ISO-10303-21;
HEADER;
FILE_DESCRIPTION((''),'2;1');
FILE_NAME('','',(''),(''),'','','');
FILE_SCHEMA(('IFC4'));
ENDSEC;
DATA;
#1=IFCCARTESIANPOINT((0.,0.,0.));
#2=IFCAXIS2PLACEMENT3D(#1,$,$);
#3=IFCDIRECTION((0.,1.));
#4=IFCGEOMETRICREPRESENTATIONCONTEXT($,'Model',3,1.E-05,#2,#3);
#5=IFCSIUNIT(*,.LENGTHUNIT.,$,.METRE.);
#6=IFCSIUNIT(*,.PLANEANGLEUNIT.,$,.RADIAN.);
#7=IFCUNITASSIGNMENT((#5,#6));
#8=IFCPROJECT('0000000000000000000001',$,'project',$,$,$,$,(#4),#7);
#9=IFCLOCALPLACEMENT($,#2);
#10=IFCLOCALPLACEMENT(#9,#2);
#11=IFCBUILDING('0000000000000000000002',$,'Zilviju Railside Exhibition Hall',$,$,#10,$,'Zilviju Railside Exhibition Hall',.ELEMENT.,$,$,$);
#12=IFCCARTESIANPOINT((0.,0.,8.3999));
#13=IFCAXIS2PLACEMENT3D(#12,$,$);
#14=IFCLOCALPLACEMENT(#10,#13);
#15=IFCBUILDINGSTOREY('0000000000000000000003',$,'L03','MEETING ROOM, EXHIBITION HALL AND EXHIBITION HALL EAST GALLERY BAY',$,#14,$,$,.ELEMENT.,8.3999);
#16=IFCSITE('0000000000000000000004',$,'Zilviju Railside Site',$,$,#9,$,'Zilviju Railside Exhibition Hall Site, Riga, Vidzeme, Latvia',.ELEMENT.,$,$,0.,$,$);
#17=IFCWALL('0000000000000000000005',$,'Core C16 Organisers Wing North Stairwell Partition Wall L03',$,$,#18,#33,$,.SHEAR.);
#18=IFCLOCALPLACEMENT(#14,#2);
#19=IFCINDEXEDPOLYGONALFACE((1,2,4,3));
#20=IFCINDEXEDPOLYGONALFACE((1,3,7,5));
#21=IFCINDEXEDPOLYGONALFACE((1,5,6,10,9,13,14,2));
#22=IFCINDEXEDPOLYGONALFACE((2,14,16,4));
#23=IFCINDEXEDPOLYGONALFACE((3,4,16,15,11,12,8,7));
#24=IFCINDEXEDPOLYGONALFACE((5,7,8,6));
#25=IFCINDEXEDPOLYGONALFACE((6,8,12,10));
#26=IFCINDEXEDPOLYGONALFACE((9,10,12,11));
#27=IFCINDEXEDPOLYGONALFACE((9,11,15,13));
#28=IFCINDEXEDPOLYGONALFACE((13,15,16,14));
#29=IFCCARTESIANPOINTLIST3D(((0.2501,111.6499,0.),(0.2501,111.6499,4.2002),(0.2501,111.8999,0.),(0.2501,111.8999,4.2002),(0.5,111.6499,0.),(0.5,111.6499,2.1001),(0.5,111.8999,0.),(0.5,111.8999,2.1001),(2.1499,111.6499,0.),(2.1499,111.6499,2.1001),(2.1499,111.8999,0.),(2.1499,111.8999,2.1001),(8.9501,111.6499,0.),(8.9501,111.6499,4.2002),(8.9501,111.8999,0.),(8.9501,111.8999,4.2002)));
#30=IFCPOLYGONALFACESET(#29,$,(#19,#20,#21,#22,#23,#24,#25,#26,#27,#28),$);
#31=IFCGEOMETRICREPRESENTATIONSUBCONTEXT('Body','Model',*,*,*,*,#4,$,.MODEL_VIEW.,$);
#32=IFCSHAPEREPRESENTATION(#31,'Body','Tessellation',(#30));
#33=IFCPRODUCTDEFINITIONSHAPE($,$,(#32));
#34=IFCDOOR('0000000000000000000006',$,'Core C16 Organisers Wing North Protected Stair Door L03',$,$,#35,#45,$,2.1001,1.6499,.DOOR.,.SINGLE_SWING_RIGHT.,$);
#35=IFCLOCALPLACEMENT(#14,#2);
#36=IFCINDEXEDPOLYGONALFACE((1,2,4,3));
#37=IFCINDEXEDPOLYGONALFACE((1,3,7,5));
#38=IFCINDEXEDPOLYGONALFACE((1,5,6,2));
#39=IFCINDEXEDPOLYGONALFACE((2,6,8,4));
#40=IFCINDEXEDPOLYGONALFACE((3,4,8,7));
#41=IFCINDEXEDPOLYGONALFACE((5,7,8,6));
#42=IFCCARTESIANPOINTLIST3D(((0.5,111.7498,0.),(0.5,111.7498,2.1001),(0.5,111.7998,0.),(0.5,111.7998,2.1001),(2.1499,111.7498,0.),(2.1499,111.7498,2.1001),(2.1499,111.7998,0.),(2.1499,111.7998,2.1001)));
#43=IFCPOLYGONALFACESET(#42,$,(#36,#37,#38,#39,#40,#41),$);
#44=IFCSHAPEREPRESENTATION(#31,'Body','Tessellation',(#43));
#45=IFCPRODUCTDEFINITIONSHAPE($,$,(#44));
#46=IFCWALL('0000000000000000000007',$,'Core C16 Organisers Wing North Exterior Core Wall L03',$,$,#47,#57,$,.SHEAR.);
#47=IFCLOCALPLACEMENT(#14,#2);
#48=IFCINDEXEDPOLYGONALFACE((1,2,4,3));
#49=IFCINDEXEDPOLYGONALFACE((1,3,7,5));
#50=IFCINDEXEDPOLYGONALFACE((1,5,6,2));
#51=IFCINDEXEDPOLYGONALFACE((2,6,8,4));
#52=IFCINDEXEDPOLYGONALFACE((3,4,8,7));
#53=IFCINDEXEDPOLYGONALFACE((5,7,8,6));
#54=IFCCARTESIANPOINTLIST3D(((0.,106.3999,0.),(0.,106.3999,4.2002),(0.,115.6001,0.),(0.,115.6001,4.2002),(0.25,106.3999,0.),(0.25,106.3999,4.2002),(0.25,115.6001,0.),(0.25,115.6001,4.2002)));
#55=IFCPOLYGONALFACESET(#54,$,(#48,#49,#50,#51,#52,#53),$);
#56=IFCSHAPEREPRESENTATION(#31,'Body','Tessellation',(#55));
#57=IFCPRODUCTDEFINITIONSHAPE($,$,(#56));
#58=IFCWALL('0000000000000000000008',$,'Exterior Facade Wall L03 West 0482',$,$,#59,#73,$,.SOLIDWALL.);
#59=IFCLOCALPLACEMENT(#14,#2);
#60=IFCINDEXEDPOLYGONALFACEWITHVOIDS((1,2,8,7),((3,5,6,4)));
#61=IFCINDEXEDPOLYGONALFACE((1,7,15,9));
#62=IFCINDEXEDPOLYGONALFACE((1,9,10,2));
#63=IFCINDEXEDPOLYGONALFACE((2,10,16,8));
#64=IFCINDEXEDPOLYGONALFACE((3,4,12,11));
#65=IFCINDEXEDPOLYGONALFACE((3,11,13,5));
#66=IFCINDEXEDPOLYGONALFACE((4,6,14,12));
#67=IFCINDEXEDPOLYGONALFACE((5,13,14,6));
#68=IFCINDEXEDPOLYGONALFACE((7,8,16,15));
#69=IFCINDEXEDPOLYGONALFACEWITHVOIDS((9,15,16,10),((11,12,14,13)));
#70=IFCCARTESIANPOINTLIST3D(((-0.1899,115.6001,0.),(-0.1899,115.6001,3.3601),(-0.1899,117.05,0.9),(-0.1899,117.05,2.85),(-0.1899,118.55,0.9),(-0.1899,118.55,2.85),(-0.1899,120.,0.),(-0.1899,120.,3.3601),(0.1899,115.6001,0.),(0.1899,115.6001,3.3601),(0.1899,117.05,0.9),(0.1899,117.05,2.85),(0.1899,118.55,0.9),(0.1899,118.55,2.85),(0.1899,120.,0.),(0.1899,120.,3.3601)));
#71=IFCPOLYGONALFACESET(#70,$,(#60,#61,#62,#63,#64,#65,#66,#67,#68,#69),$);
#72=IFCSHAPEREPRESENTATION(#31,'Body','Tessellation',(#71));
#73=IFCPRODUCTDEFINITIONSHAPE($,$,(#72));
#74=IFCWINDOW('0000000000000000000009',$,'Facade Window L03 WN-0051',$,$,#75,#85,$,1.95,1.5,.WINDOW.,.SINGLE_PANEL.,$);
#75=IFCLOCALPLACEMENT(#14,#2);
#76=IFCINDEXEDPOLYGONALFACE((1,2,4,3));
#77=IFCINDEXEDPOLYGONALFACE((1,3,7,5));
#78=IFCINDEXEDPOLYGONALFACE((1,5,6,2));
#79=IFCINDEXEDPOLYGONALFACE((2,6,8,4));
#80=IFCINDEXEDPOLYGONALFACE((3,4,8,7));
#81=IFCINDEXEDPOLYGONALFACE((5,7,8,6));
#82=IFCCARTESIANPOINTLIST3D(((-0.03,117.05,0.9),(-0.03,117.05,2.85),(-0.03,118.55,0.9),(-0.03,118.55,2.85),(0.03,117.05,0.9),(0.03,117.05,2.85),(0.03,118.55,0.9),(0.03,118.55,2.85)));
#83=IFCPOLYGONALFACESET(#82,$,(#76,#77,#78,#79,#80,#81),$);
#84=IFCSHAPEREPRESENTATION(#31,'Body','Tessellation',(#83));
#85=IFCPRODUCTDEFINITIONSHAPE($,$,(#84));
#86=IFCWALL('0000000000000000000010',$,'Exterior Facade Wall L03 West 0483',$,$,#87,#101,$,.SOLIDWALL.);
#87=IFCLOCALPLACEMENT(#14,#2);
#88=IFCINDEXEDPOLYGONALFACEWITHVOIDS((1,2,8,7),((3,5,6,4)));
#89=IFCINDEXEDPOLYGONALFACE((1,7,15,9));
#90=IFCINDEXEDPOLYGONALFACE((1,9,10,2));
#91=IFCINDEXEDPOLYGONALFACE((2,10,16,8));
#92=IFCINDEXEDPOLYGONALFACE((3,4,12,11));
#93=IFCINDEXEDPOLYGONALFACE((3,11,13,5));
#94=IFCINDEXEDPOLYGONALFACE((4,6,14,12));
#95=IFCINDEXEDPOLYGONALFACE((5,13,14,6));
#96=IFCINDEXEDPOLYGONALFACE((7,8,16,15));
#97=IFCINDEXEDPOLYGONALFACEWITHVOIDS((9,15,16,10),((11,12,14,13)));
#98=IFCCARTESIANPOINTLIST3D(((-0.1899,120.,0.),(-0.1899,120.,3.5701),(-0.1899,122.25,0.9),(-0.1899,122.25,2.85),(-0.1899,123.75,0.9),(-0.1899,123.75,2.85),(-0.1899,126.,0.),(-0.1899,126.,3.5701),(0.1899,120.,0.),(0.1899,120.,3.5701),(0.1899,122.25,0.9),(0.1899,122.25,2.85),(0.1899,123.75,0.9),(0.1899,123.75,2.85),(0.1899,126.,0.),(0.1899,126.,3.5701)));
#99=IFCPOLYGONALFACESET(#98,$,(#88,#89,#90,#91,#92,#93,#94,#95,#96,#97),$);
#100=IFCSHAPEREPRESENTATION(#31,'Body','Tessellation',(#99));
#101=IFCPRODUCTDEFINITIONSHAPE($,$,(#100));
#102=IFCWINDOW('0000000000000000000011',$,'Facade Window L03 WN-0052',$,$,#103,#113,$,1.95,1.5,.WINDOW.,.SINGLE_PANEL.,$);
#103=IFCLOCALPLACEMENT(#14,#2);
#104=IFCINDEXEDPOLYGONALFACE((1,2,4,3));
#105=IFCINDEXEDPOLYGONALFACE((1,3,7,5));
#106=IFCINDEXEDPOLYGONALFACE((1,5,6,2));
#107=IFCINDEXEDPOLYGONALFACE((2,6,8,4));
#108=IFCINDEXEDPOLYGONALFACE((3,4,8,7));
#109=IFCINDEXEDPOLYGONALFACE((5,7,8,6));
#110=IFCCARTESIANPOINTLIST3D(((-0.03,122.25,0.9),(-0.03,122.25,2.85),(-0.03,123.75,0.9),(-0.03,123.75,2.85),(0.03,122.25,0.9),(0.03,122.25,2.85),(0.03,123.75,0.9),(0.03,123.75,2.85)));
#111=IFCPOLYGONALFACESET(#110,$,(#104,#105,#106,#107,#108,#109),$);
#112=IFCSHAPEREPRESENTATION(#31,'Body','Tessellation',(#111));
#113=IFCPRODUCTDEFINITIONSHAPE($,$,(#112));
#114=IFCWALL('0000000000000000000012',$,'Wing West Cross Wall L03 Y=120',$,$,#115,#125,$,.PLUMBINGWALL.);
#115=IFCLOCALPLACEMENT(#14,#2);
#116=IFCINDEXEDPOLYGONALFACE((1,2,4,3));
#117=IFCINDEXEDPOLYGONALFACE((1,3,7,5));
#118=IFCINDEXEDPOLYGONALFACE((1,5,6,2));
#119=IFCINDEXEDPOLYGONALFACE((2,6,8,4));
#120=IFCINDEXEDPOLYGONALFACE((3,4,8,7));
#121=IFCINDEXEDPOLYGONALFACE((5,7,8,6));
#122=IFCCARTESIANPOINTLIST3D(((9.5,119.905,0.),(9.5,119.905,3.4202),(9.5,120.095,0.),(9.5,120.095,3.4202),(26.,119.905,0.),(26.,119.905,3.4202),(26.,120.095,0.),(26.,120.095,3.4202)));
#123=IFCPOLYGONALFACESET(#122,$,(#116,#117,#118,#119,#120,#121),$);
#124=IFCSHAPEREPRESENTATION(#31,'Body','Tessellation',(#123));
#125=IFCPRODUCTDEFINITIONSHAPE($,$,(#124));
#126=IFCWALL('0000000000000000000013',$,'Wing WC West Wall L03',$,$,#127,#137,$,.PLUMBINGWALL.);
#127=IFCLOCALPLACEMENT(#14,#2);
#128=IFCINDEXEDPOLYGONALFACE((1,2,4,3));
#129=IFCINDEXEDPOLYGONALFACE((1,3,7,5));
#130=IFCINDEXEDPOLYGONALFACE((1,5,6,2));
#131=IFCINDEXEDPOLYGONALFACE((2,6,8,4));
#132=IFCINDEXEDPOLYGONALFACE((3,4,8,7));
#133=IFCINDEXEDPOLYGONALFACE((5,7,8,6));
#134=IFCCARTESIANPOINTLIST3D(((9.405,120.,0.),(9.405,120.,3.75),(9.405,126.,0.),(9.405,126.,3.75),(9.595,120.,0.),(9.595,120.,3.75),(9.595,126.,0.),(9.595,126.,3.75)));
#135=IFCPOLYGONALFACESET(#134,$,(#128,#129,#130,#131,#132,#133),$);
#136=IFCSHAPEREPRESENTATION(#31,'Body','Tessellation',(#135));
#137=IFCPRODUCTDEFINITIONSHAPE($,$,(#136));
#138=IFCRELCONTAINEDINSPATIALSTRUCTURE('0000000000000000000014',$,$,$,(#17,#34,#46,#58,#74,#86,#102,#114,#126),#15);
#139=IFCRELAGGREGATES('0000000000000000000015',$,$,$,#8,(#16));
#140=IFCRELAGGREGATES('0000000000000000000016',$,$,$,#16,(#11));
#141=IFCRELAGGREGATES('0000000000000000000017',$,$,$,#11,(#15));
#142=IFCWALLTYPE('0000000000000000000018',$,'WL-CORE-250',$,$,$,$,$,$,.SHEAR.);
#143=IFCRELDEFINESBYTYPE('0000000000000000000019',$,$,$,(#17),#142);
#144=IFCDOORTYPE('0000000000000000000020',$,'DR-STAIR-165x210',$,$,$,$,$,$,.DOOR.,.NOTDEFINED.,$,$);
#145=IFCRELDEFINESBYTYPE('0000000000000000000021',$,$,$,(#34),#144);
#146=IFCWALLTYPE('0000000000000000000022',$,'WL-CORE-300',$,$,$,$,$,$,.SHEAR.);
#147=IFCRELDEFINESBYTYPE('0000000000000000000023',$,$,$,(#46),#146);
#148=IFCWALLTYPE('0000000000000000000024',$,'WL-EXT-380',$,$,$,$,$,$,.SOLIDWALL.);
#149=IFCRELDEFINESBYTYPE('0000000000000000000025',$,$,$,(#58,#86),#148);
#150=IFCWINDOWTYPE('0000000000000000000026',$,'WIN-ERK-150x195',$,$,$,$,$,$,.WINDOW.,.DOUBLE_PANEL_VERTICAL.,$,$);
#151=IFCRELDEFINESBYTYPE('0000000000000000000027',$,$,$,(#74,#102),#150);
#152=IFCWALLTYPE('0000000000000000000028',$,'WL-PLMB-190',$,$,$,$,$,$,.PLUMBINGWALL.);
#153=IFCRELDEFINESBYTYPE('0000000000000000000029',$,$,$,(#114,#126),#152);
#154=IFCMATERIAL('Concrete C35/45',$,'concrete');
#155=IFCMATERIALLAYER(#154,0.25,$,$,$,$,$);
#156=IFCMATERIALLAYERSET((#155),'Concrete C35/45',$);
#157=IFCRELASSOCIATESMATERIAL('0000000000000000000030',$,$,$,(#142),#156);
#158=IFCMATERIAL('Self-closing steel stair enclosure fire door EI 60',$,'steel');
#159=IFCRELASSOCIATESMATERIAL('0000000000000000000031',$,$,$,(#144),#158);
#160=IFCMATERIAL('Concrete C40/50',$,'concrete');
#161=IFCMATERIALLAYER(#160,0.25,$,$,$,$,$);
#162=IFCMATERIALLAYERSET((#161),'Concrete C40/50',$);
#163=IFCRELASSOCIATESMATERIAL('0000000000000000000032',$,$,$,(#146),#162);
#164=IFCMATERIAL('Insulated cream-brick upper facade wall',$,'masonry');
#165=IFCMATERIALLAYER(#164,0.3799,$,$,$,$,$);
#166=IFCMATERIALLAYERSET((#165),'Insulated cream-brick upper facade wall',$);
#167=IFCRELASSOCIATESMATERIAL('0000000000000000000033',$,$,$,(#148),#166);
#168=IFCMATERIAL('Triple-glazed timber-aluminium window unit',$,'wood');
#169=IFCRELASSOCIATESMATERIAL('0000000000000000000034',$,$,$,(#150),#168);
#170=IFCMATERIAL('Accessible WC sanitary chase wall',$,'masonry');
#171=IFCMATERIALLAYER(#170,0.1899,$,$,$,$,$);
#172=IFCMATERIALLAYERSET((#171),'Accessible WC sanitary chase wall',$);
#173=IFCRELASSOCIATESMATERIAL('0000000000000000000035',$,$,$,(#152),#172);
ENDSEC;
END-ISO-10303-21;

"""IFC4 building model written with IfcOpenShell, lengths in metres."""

from ifc_helpers import new_model, si_unit, direction, frame, frame_2d, origin, place, context, subcontext, project, spatial, rectangle, extrude, material, layer, layer_set, type_object, element, fill, save


model = new_model("IFC4")

# Units and contexts
model_context = context("Model", 3, precision=1e-05, world=origin(), true_north=direction((0.0, 1.0)))
body_context = subcontext(model_context, "Body", "Model", "MODEL_VIEW")
ifc_project = project(units=[si_unit("LENGTHUNIT", "METRE"), si_unit("PLANEANGLEUNIT", "RADIAN")], contexts=[model_context])

# Site, building, storey
site_placement = place(None, origin())
site = spatial("IfcSite", under=ifc_project, at=site_placement, Name="Zilviju Railside Site", LongName="Zilviju Railside Exhibition Hall Site, Riga, Vidzeme, Latvia", CompositionType="ELEMENT", RefElevation=0.0)
building_placement = place(site_placement, origin())
building = spatial("IfcBuilding", under=site, at=building_placement, Name="Zilviju Railside Exhibition Hall", LongName="Zilviju Railside Exhibition Hall", CompositionType="ELEMENT")
storey_placement = place(building_placement, frame((0.0, 0.0, 8.3999)))
storey = spatial("IfcBuildingStorey", under=building, at=storey_placement, Name="L03", Description="MEETING ROOM, EXHIBITION HALL AND EXHIBITION HALL EAST GALLERY BAY", CompositionType="ELEMENT", Elevation=8.3999)

# Shared definitions
ifc_material_1 = material(Name="Concrete C35/45", Category="concrete")

# Shared definitions
ifc_layer_1 = layer(ifc_material_1, 0.25)
ifc_layer_set_1 = layer_set([ifc_layer_1], Name="Concrete C35/45")
wall_type_1 = type_object("IfcWallType", Name="WL-CORE-250", PredefinedType="SHEAR", material=ifc_layer_set_1)

# Wall, opening, door
wall_1_placement = place(storey_placement, frame((0.25, 111.7749, 0.0), z_axis=(0.0, 0.0, 1.0), x_axis=(1.0, 0.0, 0.0)))
wall_1 = element("IfcWall", 1, at=wall_1_placement, inside=storey, type_object=wall_type_1, Name="Core C16 Organisers Wing North Stairwell Partition Wall L03", PredefinedType="SHEAR", context=body_context, shape_type="SweptSolid", body=[
    extrude(rectangle(XDim=8.7, YDim=0.25, at=frame_2d((4.3501, 0.0))), origin(), (0.0, 0.0, 1.0), 4.2002),
])
opening_1_placement = place(wall_1_placement, frame((0.25, 0.0, 0.0)))
opening_1 = element("IfcOpeningElement", 2, at=opening_1_placement, cuts=wall_1, PredefinedType="OPENING", context=body_context, shape_type="SweptSolid", body=[
    extrude(rectangle(XDim=1.6499, YDim=2.1001, at=frame_2d((0.825, 1.05))), frame((0.0, 0.135, 0.0), z_axis=(0.0, -1.0, 0.0), x_axis=(1.0, 0.0, 0.0)), (0.0, 0.0, 1.0), 0.27),
])
ifc_material_2 = material(Name="Self-closing steel stair enclosure fire door EI 60", Category="steel")
door_type_1 = type_object("IfcDoorType", Name="DR-STAIR-165x210", OperationType="NOTDEFINED", PredefinedType="DOOR", material=ifc_material_2)
door_1_placement = place(opening_1_placement, origin())
door_1 = element("IfcDoor", 3, at=door_1_placement, inside=storey, type_object=door_type_1, Name="Core C16 Organisers Wing North Protected Stair Door L03", OperationType="SINGLE_SWING_RIGHT", OverallHeight=2.1001, OverallWidth=1.6499, PredefinedType="DOOR", context=body_context, shape_type="SweptSolid", body=[
    extrude(rectangle(XDim=1.6499, YDim=2.1001, at=frame_2d((0.825, 1.05))), frame((0.0, 0.0249, 0.0), z_axis=(0.0, -1.0, 0.0), x_axis=(1.0, 0.0, 0.0)), (0.0, 0.0, 1.0), 0.05),
])
fill(opening_1, door_1)

# Wall
ifc_material_3 = material(Name="Concrete C40/50", Category="concrete")
ifc_layer_2 = layer(ifc_material_3, 0.25)
ifc_layer_set_2 = layer_set([ifc_layer_2], Name="Concrete C40/50")
wall_type_2 = type_object("IfcWallType", Name="WL-CORE-300", PredefinedType="SHEAR", material=ifc_layer_set_2)
wall_2_placement = place(storey_placement, frame((0.125, 106.3999, 0.0), z_axis=(0.0, 0.0, 1.0), x_axis=(0.0, 1.0, 0.0)))
element("IfcWall", 4, at=wall_2_placement, inside=storey, type_object=wall_type_2, Name="Core C16 Organisers Wing North Exterior Core Wall L03", PredefinedType="SHEAR", context=body_context, shape_type="SweptSolid", body=[
    extrude(rectangle(XDim=9.2002, YDim=0.25, at=frame_2d((4.6001, 0.0))), origin(), (0.0, 0.0, 1.0), 4.2002),
])

# Walls, openings, windows
ifc_material_4 = material(Name="Insulated cream-brick upper facade wall", Category="masonry")
ifc_layer_3 = layer(ifc_material_4, 0.3799)
ifc_layer_set_3 = layer_set([ifc_layer_3], Name="Insulated cream-brick upper facade wall")
wall_type_3 = type_object("IfcWallType", Name="WL-EXT-380", PredefinedType="SOLIDWALL", material=ifc_layer_set_3)
wall_3_placement = place(storey_placement, frame((0.0, 115.6001, 0.0), z_axis=(0.0, 0.0, 1.0), x_axis=(0.0, 1.0, 0.0)))
wall_3 = element("IfcWall", 5, at=wall_3_placement, inside=storey, type_object=wall_type_3, Name="Exterior Facade Wall L03 West 0482", PredefinedType="SOLIDWALL", context=body_context, shape_type="SweptSolid", body=[
    extrude(rectangle(XDim=4.3999, YDim=0.3799, at=frame_2d((2.2, 0.0))), origin(), (0.0, 0.0, 1.0), 3.3601),
])
opening_2_placement = place(wall_3_placement, frame((1.45, 0.0, 0.8999)))
opening_2 = element("IfcOpeningElement", 6, at=opening_2_placement, cuts=wall_3, PredefinedType="OPENING", context=body_context, shape_type="SweptSolid", body=[
    extrude(rectangle(XDim=1.5, YDim=1.95, at=frame_2d((0.75, 0.9751))), frame((0.0, 0.2, 0.0), z_axis=(0.0, -1.0, 0.0), x_axis=(1.0, 0.0, 0.0)), (0.0, 0.0, 1.0), 0.3999),
])
ifc_material_5 = material(Name="Triple-glazed timber-aluminium window unit", Category="wood")
window_type = type_object("IfcWindowType", Name="WIN-ERK-150x195", PartitioningType="DOUBLE_PANEL_VERTICAL", PredefinedType="WINDOW", material=ifc_material_5)
window_1_placement = place(opening_2_placement, origin())
window_1 = element("IfcWindow", 7, at=window_1_placement, inside=storey, type_object=window_type, Name="Facade Window L03 WN-0051", OverallHeight=1.95, OverallWidth=1.5, PartitioningType="SINGLE_PANEL", PredefinedType="WINDOW", context=body_context, shape_type="SweptSolid", body=[
    extrude(rectangle(XDim=1.5, YDim=1.95, at=frame_2d((0.75, 0.9751))), frame((0.0, 0.03, 0.0), z_axis=(0.0, -1.0, 0.0), x_axis=(1.0, 0.0, 0.0)), (0.0, 0.0, 1.0), 0.0601),
])
fill(opening_2, window_1)
wall_4_placement = place(storey_placement, frame((0.0, 120.0, 0.0), z_axis=(0.0, 0.0, 1.0), x_axis=(0.0, 1.0, 0.0)))
wall_4 = element("IfcWall", 8, at=wall_4_placement, inside=storey, type_object=wall_type_3, Name="Exterior Facade Wall L03 West 0483", PredefinedType="SOLIDWALL", context=body_context, shape_type="SweptSolid", body=[
    extrude(rectangle(XDim=6.0, YDim=0.3799, at=frame_2d((3.0, 0.0))), origin(), (0.0, 0.0, 1.0), 3.5701),
])
opening_3_placement = place(wall_4_placement, frame((2.25, 0.0, 0.8999)))
opening_3 = element("IfcOpeningElement", 9, at=opening_3_placement, cuts=wall_4, PredefinedType="OPENING", context=body_context, shape_type="SweptSolid", body=[
    extrude(rectangle(XDim=1.5, YDim=1.95, at=frame_2d((0.75, 0.9751))), frame((0.0, 0.2, 0.0), z_axis=(0.0, -1.0, 0.0), x_axis=(1.0, 0.0, 0.0)), (0.0, 0.0, 1.0), 0.3999),
])
window_2_placement = place(opening_3_placement, origin())
window_2 = element("IfcWindow", 10, at=window_2_placement, inside=storey, type_object=window_type, Name="Facade Window L03 WN-0052", OverallHeight=1.95, OverallWidth=1.5, PartitioningType="SINGLE_PANEL", PredefinedType="WINDOW", context=body_context, shape_type="SweptSolid", body=[
    extrude(rectangle(XDim=1.5, YDim=1.95, at=frame_2d((0.75, 0.9751))), frame((0.0, 0.03, 0.0), z_axis=(0.0, -1.0, 0.0), x_axis=(1.0, 0.0, 0.0)), (0.0, 0.0, 1.0), 0.0601),
])
fill(opening_3, window_2)

# Walls
ifc_material_6 = material(Name="Accessible WC sanitary chase wall", Category="masonry")
ifc_layer_4 = layer(ifc_material_6, 0.1899)
ifc_layer_set_4 = layer_set([ifc_layer_4], Name="Accessible WC sanitary chase wall")
wall_type_4 = type_object("IfcWallType", Name="WL-PLMB-190", PredefinedType="PLUMBINGWALL", material=ifc_layer_set_4)
wall_5_placement = place(storey_placement, frame((9.5, 120.0, 0.0), z_axis=(0.0, 0.0, 1.0), x_axis=(1.0, 0.0, 0.0)))
element("IfcWall", 11, at=wall_5_placement, inside=storey, type_object=wall_type_4, Name="Wing West Cross Wall L03 Y=120", PredefinedType="PLUMBINGWALL", context=body_context, shape_type="SweptSolid", body=[
    extrude(rectangle(XDim=16.5, YDim=0.1899, at=frame_2d((8.25, 0.0))), origin(), (0.0, 0.0, 1.0), 3.4202),
])
wall_6_placement = place(storey_placement, frame((9.5, 120.0, 0.0), z_axis=(0.0, 0.0, 1.0), x_axis=(0.0, 1.0, 0.0)))
element("IfcWall", 12, at=wall_6_placement, inside=storey, type_object=wall_type_4, Name="Wing WC West Wall L03", PredefinedType="PLUMBINGWALL", context=body_context, shape_type="SweptSolid", body=[
    extrude(rectangle(XDim=6.0, YDim=0.1899, at=frame_2d((3.0, 0.0))), origin(), (0.0, 0.0, 1.0), 3.75),
])

save(model, "model.ifc")
